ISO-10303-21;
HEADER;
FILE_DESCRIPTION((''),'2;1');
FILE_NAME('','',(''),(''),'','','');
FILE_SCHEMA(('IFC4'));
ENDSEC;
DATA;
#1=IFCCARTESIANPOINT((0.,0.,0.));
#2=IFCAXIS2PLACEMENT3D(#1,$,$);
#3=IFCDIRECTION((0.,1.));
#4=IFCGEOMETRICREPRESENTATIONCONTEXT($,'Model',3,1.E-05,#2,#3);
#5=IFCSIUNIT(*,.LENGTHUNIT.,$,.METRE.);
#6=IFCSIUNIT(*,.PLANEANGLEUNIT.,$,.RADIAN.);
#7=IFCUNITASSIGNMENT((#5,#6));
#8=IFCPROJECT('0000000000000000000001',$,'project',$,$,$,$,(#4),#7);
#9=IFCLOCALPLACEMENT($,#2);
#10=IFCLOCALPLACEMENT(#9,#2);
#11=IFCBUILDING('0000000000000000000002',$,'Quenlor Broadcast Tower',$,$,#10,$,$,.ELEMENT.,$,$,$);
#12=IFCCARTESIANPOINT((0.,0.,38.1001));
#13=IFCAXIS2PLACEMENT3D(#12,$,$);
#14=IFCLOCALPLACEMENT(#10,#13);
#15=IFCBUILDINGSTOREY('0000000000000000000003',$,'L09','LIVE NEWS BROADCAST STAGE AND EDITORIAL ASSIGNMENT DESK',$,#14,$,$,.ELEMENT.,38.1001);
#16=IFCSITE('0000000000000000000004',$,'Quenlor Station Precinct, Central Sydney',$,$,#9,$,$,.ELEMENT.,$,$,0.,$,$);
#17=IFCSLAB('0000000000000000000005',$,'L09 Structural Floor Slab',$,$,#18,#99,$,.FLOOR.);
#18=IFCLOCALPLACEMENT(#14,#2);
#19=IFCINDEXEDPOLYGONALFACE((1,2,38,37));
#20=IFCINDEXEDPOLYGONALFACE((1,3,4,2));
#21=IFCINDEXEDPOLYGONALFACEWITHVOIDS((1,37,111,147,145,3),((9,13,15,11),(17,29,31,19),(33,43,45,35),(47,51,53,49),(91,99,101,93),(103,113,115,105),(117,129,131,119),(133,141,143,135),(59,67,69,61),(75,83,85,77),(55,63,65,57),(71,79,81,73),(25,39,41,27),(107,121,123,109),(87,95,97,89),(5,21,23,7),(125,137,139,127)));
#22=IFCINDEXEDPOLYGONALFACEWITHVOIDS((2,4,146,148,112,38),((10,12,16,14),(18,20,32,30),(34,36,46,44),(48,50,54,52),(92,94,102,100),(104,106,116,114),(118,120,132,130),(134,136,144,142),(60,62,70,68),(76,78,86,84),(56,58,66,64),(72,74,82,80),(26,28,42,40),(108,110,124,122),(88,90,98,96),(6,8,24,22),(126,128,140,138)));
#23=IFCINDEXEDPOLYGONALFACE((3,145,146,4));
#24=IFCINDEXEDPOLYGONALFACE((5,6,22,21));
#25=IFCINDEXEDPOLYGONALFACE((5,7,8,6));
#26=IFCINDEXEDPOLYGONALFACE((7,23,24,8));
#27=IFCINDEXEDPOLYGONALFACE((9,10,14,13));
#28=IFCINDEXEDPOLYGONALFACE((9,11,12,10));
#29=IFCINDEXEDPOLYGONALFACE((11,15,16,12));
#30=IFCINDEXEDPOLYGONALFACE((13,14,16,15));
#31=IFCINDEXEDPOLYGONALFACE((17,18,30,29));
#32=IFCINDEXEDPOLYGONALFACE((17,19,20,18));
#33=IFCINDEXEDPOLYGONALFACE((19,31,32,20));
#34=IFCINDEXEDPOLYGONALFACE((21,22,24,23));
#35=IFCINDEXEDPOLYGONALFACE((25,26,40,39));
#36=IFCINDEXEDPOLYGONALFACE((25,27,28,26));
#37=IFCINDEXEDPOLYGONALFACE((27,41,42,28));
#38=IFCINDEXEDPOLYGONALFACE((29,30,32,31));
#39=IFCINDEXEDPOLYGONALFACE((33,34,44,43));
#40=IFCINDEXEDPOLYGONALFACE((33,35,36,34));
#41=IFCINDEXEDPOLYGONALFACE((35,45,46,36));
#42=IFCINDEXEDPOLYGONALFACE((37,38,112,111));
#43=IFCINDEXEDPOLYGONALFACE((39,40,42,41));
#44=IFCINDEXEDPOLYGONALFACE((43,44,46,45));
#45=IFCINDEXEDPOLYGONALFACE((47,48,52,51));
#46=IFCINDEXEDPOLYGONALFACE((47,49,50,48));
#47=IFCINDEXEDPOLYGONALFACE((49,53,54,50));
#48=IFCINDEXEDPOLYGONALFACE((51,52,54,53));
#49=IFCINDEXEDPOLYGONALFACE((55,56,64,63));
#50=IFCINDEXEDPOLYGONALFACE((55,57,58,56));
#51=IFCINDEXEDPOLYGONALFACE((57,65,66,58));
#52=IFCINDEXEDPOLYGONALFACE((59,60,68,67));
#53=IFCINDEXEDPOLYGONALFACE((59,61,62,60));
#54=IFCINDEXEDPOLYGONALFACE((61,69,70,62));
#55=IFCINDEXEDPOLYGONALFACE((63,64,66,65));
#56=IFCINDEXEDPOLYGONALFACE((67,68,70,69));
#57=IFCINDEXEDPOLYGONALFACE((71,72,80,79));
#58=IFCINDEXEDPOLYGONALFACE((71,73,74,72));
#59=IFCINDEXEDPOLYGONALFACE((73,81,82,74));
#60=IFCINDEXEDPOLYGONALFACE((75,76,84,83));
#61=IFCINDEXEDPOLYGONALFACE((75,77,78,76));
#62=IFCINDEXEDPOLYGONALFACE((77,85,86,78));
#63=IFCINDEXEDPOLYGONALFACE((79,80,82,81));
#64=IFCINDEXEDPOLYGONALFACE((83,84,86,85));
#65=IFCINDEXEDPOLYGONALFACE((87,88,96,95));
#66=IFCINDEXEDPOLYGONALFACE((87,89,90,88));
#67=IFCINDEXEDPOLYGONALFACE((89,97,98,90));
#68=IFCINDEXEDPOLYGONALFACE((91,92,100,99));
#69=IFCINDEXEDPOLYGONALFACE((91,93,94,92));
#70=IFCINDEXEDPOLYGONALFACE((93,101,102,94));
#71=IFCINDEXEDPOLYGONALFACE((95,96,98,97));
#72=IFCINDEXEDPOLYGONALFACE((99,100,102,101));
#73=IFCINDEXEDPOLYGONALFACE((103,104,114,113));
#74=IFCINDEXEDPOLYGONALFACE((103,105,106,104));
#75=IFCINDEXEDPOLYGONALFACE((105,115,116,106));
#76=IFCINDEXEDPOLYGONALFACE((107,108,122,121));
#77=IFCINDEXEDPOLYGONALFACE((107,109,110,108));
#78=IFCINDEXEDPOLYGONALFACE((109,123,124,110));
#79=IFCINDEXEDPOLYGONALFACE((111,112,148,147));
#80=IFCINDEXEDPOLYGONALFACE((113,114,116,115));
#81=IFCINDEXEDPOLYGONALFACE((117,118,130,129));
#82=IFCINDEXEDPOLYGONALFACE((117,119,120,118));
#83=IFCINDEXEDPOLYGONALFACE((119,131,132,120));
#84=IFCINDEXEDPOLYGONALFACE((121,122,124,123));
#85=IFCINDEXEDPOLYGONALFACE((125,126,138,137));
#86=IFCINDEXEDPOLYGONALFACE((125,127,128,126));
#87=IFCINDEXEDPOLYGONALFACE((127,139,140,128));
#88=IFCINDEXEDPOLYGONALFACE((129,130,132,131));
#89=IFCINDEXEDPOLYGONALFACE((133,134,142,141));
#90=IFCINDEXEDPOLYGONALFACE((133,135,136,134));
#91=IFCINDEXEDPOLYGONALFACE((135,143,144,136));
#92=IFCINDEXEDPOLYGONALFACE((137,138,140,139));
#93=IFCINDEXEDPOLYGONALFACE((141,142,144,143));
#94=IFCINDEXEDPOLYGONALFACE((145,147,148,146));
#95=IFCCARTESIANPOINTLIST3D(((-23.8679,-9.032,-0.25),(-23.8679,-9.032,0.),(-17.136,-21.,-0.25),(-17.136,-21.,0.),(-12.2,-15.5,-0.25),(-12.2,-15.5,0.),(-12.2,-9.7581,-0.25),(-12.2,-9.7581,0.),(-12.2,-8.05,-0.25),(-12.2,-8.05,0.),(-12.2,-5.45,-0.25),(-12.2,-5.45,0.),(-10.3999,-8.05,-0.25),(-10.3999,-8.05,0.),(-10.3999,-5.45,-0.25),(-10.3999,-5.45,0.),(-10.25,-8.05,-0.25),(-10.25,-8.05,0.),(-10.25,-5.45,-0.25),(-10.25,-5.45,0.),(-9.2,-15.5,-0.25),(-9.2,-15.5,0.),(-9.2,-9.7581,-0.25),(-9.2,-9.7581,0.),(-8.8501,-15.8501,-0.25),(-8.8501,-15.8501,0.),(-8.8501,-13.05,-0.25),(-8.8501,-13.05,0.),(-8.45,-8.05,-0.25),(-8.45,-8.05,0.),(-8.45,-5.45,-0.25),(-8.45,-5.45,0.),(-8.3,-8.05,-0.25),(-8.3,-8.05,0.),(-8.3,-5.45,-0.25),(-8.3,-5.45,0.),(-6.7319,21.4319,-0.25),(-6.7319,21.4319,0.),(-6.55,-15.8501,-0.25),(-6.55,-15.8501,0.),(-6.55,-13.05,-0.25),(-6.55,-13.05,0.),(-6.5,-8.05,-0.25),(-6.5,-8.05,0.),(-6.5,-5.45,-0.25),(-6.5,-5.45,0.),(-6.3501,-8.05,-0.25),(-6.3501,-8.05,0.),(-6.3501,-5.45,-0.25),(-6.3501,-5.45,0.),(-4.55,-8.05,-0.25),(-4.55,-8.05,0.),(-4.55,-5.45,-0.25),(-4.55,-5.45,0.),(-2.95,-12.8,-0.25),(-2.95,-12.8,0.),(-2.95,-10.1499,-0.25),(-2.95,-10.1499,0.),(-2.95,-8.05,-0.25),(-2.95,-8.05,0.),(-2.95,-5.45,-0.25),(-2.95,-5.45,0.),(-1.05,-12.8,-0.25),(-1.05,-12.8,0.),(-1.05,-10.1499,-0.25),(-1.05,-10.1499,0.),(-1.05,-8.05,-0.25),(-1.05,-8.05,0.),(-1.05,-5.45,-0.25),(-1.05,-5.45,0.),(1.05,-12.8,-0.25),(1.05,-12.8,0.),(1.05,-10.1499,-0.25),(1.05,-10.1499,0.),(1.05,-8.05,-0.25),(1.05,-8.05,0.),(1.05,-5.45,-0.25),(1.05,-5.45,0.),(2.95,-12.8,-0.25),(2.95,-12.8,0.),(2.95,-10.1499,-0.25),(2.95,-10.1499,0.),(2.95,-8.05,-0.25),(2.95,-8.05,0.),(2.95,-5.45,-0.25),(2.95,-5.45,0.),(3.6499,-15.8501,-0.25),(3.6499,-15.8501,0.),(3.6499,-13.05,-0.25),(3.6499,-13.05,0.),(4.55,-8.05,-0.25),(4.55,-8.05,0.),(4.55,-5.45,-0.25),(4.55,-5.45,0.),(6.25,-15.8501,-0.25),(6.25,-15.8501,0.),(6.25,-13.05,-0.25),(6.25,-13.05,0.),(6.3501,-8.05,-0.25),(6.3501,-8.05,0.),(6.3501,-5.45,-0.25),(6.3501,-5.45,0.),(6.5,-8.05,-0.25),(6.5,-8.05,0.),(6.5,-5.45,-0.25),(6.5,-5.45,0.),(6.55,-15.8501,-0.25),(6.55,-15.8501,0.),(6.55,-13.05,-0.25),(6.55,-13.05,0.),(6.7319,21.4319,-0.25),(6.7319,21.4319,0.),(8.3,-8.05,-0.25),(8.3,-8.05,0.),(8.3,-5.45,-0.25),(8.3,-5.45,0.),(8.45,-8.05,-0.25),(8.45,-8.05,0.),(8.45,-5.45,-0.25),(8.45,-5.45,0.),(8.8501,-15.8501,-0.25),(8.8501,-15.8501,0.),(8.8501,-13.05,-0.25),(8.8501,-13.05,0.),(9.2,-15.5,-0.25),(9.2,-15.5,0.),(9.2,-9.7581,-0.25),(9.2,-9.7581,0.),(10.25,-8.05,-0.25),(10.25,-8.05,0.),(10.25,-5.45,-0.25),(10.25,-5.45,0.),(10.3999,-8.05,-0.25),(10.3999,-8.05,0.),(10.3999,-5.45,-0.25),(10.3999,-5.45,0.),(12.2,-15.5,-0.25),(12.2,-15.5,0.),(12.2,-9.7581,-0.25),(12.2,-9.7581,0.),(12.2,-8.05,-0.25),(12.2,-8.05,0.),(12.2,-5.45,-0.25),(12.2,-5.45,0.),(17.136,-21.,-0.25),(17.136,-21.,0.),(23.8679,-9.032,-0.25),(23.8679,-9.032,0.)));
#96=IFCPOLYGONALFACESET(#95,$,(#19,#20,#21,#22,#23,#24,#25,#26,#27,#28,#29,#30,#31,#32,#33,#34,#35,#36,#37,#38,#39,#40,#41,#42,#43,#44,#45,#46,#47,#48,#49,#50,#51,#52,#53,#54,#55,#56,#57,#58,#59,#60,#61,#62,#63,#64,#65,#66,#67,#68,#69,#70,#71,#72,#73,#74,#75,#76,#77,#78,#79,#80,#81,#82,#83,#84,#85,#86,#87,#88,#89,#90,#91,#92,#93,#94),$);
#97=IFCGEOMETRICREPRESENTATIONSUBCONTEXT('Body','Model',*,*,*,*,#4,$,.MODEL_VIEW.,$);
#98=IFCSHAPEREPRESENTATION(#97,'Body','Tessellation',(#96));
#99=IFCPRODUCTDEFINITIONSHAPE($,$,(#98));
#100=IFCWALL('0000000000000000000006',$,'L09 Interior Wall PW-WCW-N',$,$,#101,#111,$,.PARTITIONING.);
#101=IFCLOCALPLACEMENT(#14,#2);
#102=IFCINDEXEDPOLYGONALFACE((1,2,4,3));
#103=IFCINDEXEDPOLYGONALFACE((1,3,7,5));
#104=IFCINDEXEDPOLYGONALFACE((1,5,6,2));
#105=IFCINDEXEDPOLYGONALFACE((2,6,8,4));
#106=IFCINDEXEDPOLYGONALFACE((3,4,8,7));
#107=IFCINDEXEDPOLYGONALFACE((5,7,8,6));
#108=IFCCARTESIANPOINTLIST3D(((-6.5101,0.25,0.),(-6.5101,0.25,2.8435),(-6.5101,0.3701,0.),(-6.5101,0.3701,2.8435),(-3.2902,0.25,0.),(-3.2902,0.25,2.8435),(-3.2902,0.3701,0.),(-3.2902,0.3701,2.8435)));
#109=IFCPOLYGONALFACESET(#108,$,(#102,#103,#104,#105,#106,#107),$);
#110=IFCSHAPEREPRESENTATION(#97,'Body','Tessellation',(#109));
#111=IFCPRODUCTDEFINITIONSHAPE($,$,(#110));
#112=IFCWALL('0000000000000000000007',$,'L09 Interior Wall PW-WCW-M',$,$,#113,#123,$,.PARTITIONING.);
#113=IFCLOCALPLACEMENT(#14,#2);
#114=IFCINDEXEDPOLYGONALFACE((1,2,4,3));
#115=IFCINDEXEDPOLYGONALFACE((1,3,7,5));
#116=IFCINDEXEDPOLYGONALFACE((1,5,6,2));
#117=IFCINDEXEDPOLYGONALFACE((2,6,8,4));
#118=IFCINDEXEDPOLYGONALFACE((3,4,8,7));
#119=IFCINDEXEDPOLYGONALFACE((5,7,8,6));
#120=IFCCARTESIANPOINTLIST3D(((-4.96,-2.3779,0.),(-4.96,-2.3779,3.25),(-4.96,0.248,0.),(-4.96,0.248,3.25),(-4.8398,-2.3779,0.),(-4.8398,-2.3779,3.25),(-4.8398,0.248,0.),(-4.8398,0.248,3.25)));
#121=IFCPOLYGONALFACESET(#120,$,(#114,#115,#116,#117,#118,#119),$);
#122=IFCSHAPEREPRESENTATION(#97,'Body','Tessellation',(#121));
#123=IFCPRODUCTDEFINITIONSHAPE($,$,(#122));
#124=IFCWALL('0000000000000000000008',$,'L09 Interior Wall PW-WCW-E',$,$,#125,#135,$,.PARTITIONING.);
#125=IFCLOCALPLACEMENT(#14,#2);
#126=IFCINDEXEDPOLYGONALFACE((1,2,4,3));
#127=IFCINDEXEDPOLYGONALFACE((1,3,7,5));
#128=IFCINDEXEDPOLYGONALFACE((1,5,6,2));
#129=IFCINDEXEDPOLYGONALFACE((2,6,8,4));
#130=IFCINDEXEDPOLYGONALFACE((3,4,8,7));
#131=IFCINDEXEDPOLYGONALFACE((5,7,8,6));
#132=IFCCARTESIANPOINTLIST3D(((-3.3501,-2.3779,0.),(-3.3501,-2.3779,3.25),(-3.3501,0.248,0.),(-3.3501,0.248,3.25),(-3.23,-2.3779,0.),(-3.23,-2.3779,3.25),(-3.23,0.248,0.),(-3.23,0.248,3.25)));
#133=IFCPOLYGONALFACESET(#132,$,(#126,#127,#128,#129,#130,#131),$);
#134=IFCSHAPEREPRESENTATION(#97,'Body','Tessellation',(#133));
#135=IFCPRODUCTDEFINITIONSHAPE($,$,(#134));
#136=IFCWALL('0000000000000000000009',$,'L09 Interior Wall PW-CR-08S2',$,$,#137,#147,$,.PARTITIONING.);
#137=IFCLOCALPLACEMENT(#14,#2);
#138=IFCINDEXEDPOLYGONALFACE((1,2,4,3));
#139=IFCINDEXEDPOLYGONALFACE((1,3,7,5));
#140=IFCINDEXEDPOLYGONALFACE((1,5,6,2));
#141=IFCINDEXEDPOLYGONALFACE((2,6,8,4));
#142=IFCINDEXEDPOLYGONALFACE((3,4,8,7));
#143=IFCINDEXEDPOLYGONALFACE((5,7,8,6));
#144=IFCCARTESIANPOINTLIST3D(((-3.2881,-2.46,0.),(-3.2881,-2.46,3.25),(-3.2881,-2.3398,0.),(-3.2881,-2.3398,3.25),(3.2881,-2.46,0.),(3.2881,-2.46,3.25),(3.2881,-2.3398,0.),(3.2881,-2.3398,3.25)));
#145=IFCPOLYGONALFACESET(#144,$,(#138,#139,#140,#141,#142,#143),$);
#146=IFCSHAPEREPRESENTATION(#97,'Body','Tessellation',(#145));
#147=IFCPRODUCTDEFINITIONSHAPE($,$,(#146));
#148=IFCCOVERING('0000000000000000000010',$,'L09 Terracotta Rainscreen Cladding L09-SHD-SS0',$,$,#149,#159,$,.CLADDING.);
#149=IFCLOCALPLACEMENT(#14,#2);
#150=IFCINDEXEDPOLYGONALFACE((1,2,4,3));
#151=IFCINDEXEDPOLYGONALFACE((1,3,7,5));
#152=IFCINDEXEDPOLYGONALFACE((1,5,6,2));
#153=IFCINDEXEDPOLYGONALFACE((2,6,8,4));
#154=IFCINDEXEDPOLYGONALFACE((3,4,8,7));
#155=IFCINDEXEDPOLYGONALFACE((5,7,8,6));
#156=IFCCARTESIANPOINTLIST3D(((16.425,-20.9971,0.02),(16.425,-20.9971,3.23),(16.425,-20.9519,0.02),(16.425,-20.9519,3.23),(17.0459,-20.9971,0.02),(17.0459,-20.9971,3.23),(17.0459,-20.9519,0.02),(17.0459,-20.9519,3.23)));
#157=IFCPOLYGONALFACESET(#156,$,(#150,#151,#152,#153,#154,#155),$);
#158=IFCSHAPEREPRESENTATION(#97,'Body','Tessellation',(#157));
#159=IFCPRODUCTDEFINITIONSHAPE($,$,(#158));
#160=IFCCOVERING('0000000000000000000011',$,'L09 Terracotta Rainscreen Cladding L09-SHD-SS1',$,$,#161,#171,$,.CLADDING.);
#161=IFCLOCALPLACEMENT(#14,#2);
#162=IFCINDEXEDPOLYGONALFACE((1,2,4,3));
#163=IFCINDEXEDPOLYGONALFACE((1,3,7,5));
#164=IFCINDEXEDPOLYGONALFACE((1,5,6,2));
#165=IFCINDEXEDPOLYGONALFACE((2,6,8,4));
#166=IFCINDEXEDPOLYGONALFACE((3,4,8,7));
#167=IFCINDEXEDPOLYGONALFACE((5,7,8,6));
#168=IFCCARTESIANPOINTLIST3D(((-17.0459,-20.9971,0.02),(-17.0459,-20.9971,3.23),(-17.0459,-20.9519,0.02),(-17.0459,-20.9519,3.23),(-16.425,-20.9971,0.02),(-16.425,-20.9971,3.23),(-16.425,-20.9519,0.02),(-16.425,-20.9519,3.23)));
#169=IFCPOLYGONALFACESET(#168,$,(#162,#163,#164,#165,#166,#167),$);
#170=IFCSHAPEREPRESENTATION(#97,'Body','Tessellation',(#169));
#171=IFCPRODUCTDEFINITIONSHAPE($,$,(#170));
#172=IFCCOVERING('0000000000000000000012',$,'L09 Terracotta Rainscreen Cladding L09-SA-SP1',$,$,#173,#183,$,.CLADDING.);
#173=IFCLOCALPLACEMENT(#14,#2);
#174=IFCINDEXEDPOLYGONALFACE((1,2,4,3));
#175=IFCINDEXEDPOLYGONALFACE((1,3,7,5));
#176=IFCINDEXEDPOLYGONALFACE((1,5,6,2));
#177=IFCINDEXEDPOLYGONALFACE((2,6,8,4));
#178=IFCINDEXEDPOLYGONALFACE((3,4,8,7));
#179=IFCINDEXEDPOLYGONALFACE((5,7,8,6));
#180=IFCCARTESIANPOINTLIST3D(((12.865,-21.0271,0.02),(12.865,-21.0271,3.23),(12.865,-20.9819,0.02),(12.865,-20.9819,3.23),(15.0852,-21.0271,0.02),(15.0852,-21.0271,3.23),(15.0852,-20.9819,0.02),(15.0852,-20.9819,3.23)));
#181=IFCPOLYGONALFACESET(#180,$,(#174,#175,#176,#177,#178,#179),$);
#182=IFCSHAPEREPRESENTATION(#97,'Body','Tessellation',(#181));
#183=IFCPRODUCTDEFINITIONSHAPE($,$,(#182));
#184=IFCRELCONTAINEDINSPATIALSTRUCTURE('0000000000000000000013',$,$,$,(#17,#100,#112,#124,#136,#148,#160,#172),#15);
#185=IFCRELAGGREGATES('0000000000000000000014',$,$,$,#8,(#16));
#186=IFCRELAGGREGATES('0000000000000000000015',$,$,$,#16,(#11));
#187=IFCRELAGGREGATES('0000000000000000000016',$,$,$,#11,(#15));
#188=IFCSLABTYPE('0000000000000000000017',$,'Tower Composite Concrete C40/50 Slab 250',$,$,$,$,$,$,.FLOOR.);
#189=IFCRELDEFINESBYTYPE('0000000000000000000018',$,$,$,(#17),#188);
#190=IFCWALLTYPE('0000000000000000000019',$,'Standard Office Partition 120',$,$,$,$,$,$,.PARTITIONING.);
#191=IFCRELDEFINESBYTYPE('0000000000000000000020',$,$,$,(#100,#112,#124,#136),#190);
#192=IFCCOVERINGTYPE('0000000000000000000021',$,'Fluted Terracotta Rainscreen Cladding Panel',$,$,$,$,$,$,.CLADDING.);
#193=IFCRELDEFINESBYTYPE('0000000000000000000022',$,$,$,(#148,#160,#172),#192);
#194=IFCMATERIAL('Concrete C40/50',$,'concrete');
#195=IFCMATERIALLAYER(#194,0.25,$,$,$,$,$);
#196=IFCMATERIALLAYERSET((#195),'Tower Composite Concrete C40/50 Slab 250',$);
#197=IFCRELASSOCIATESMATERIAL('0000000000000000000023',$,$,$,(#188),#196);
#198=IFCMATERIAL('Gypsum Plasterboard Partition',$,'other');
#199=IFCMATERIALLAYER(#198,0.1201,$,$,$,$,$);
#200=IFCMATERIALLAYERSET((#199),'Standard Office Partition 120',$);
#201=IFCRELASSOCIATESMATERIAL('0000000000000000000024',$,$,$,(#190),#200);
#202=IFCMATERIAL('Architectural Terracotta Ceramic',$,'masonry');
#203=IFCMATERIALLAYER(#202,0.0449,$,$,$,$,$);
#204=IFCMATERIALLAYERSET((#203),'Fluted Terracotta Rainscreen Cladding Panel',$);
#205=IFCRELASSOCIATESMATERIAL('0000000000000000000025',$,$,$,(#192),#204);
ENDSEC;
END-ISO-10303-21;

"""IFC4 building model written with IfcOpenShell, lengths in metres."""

from ifc_helpers import new_model, si_unit, direction, frame, frame_2d, origin, place, context, subcontext, project, spatial, polyline, rectangle, outline, extrude, material, layer, layer_set, type_object, element, save


model = new_model("IFC4")

# Units and contexts
model_context = context("Model", 3, precision=1e-05, world=origin(), true_north=direction((0.0, 1.0)))
body_context = subcontext(model_context, "Body", "Model", "MODEL_VIEW")
ifc_project = project(units=[si_unit("LENGTHUNIT", "METRE"), si_unit("PLANEANGLEUNIT", "RADIAN")], contexts=[model_context])

# Site, building, storey
site_placement = place(None, origin())
site = spatial("IfcSite", under=ifc_project, at=site_placement, Name="Quenlor Station Precinct, Central Sydney", CompositionType="ELEMENT", RefElevation=0.0)
building_placement = place(site_placement, origin())
building = spatial("IfcBuilding", under=site, at=building_placement, Name="Quenlor Broadcast Tower", CompositionType="ELEMENT")
storey_placement = place(building_placement, frame((0.0, 0.0, 38.1001)))
storey = spatial("IfcBuildingStorey", under=building, at=storey_placement, Name="L09", Description="LIVE NEWS BROADCAST STAGE AND EDITORIAL ASSIGNMENT DESK", CompositionType="ELEMENT", Elevation=38.1001)

# Slab
ifc_material_1 = material(Name="Concrete C40/50", Category="concrete")
ifc_layer_1 = layer(ifc_material_1, 0.25)
ifc_layer_set_1 = layer_set([ifc_layer_1], Name="Tower Composite Concrete C40/50 Slab 250")
slab_type = type_object("IfcSlabType", Name="Tower Composite Concrete C40/50 Slab 250", PredefinedType="FLOOR", material=ifc_layer_set_1)
slab_placement = place(storey_placement, frame((0.0, 0.0, -0.25)))
element("IfcSlab", 1, at=slab_placement, inside=storey, type_object=slab_type, Name="L09 Structural Floor Slab", PredefinedType="FLOOR", context=body_context, shape_type="SweptSolid", body=[
    extrude(outline(polyline([(17.136, -21.0), (23.8679, -9.032), (6.7319, 21.4319), (-6.7319, 21.4319), (-23.8679, -9.032), (-17.136, -21.0), (17.136, -21.0)]), holes=[polyline([(-12.2, -9.7581), (-12.2, -15.5), (-9.2, -15.5), (-9.2, -9.7581), (-12.2, -9.7581)]), polyline([(9.2, -9.7581), (9.2, -15.5), (12.2, -15.5), (12.2, -9.7581), (9.2, -9.7581)]), polyline([(-12.2, -8.05), (-10.3999, -8.05), (-10.3999, -5.45), (-12.2, -5.45), (-12.2, -8.05)]), polyline([(-10.25, -8.05), (-8.45, -8.05), (-8.45, -5.45), (-10.25, -5.45), (-10.25, -8.05)]), polyline([(-8.3, -8.05), (-6.5, -8.05), (-6.5, -5.45), (-8.3, -5.45), (-8.3, -8.05)]), polyline([(-6.3501, -8.05), (-4.55, -8.05), (-4.55, -5.45), (-6.3501, -5.45), (-6.3501, -8.05)]), polyline([(-2.95, -8.05), (-1.05, -8.05), (-1.05, -5.45), (-2.95, -5.45), (-2.95, -8.05)]), polyline([(1.05, -8.05), (2.95, -8.05), (2.95, -5.45), (1.05, -5.45), (1.05, -8.05)]), polyline([(-2.95, -12.8), (-1.05, -12.8), (-1.05, -10.1499), (-2.95, -10.1499), (-2.95, -12.8)]), polyline([(1.05, -12.8), (2.95, -12.8), (2.95, -10.1499), (1.05, -10.1499), (1.05, -12.8)]), polyline([(4.55, -8.05), (6.3501, -8.05), (6.3501, -5.45), (4.55, -5.45), (4.55, -8.05)]), polyline([(6.5, -8.05), (8.3, -8.05), (8.3, -5.45), (6.5, -5.45), (6.5, -8.05)]), polyline([(8.45, -8.05), (10.25, -8.05), (10.25, -5.45), (8.45, -5.45), (8.45, -8.05)]), polyline([(10.3999, -8.05), (12.2, -8.05), (12.2, -5.45), (10.3999, -5.45), (10.3999, -8.05)]), polyline([(-8.8501, -15.8501), (-6.55, -15.8501), (-6.55, -13.05), (-8.8501, -13.05), (-8.8501, -15.8501)]), polyline([(6.55, -15.8501), (8.8501, -15.8501), (8.8501, -13.05), (6.55, -13.05), (6.55, -15.8501)]), polyline([(3.6499, -15.8501), (6.25, -15.8501), (6.25, -13.05), (3.6499, -13.05), (3.6499, -15.8501)])]), origin(), (0.0, 0.0, 1.0), 0.25),
])

# Walls
ifc_material_2 = material(Name="Gypsum Plasterboard Partition", Category="other")
ifc_layer_2 = layer(ifc_material_2, 0.1201)
ifc_layer_set_2 = layer_set([ifc_layer_2], Name="Standard Office Partition 120")
wall_type = type_object("IfcWallType", Name="Standard Office Partition 120", PredefinedType="PARTITIONING", material=ifc_layer_set_2)
wall_1_placement = place(storey_placement, frame((-6.51, 0.3101, 0.0), z_axis=(0.0, 0.0, 1.0), x_axis=(1.0, 0.0, 0.0)))
element("IfcWall", 2, at=wall_1_placement, inside=storey, type_object=wall_type, Name="L09 Interior Wall PW-WCW-N", PredefinedType="PARTITIONING", context=body_context, shape_type="SweptSolid", body=[
    extrude(rectangle(XDim=3.22, YDim=0.1201, at=frame_2d((1.6099, 0.0))), origin(), (0.0, 0.0, 1.0), 2.8435),
])
for number, where, z_axis, x_axis, name in (
    (3, (-4.8999, -2.3779, 0.0), (0.0, 0.0, 1.0), (0.0, 1.0, 0.0), "L09 Interior Wall PW-WCW-M"),
    (4, (-3.29, -2.3779, 0.0), (0.0, 0.0, 1.0), (0.0, 1.0, 0.0), "L09 Interior Wall PW-WCW-E"),
):
    element("IfcWall", number, at=place(storey_placement, frame(where, z_axis=z_axis, x_axis=x_axis)), inside=storey, type_object=wall_type, Name=name, PredefinedType="PARTITIONING", context=body_context, shape_type="SweptSolid", body=[
        extrude(rectangle(XDim=2.626, YDim=0.1201, at=frame_2d((1.313, 0.0))), origin(), (0.0, 0.0, 1.0), 3.25),
    ])
wall_2_placement = place(storey_placement, frame((-3.2881, -2.3999, 0.0), z_axis=(0.0, 0.0, 1.0), x_axis=(1.0, 0.0, 0.0)))
element("IfcWall", 5, at=wall_2_placement, inside=storey, type_object=wall_type, Name="L09 Interior Wall PW-CR-08S2", PredefinedType="PARTITIONING", context=body_context, shape_type="SweptSolid", body=[
    extrude(rectangle(XDim=6.5762, YDim=0.1201, at=frame_2d((3.2881, 0.0))), origin(), (0.0, 0.0, 1.0), 3.25),
])

# Coverings
ifc_material_3 = material(Name="Architectural Terracotta Ceramic", Category="masonry")
ifc_layer_3 = layer(ifc_material_3, 0.0449)
ifc_layer_set_3 = layer_set([ifc_layer_3], Name="Fluted Terracotta Rainscreen Cladding Panel")
covering_type = type_object("IfcCoveringType", Name="Fluted Terracotta Rainscreen Cladding Panel", PredefinedType="CLADDING", material=ifc_layer_set_3)
covering_1_placement = place(storey_placement, frame((0.0, 0.0, 0.02)))
element("IfcCovering", 6, at=covering_1_placement, inside=storey, type_object=covering_type, Name="L09 Terracotta Rainscreen Cladding L09-SHD-SS0", PredefinedType="CLADDING", context=body_context, shape_type="SweptSolid", body=[
    extrude(outline(polyline([(17.0459, -20.9519), (16.425, -20.9519), (16.425, -20.9971), (17.0459, -20.9971), (17.0459, -20.9519)])), origin(), (0.0, 0.0, 1.0), 3.21),
])
covering_2_placement = place(storey_placement, frame((0.0, 0.0, 0.02)))
element("IfcCovering", 7, at=covering_2_placement, inside=storey, type_object=covering_type, Name="L09 Terracotta Rainscreen Cladding L09-SHD-SS1", PredefinedType="CLADDING", context=body_context, shape_type="SweptSolid", body=[
    extrude(outline(polyline([(-16.425, -20.9519), (-17.0459, -20.9519), (-17.0459, -20.9971), (-16.425, -20.9971), (-16.425, -20.9519)])), origin(), (0.0, 0.0, 1.0), 3.21),
])
covering_3_placement = place(storey_placement, frame((0.0, 0.0, 0.02)))
element("IfcCovering", 8, at=covering_3_placement, inside=storey, type_object=covering_type, Name="L09 Terracotta Rainscreen Cladding L09-SA-SP1", PredefinedType="CLADDING", context=body_context, shape_type="SweptSolid", body=[
    extrude(outline(polyline([(15.0852, -20.9819), (12.865, -20.9819), (12.865, -21.0271), (15.0852, -21.0271), (15.0852, -20.9819)])), origin(), (0.0, 0.0, 1.0), 3.21),
])

save(model, "model.ifc")
